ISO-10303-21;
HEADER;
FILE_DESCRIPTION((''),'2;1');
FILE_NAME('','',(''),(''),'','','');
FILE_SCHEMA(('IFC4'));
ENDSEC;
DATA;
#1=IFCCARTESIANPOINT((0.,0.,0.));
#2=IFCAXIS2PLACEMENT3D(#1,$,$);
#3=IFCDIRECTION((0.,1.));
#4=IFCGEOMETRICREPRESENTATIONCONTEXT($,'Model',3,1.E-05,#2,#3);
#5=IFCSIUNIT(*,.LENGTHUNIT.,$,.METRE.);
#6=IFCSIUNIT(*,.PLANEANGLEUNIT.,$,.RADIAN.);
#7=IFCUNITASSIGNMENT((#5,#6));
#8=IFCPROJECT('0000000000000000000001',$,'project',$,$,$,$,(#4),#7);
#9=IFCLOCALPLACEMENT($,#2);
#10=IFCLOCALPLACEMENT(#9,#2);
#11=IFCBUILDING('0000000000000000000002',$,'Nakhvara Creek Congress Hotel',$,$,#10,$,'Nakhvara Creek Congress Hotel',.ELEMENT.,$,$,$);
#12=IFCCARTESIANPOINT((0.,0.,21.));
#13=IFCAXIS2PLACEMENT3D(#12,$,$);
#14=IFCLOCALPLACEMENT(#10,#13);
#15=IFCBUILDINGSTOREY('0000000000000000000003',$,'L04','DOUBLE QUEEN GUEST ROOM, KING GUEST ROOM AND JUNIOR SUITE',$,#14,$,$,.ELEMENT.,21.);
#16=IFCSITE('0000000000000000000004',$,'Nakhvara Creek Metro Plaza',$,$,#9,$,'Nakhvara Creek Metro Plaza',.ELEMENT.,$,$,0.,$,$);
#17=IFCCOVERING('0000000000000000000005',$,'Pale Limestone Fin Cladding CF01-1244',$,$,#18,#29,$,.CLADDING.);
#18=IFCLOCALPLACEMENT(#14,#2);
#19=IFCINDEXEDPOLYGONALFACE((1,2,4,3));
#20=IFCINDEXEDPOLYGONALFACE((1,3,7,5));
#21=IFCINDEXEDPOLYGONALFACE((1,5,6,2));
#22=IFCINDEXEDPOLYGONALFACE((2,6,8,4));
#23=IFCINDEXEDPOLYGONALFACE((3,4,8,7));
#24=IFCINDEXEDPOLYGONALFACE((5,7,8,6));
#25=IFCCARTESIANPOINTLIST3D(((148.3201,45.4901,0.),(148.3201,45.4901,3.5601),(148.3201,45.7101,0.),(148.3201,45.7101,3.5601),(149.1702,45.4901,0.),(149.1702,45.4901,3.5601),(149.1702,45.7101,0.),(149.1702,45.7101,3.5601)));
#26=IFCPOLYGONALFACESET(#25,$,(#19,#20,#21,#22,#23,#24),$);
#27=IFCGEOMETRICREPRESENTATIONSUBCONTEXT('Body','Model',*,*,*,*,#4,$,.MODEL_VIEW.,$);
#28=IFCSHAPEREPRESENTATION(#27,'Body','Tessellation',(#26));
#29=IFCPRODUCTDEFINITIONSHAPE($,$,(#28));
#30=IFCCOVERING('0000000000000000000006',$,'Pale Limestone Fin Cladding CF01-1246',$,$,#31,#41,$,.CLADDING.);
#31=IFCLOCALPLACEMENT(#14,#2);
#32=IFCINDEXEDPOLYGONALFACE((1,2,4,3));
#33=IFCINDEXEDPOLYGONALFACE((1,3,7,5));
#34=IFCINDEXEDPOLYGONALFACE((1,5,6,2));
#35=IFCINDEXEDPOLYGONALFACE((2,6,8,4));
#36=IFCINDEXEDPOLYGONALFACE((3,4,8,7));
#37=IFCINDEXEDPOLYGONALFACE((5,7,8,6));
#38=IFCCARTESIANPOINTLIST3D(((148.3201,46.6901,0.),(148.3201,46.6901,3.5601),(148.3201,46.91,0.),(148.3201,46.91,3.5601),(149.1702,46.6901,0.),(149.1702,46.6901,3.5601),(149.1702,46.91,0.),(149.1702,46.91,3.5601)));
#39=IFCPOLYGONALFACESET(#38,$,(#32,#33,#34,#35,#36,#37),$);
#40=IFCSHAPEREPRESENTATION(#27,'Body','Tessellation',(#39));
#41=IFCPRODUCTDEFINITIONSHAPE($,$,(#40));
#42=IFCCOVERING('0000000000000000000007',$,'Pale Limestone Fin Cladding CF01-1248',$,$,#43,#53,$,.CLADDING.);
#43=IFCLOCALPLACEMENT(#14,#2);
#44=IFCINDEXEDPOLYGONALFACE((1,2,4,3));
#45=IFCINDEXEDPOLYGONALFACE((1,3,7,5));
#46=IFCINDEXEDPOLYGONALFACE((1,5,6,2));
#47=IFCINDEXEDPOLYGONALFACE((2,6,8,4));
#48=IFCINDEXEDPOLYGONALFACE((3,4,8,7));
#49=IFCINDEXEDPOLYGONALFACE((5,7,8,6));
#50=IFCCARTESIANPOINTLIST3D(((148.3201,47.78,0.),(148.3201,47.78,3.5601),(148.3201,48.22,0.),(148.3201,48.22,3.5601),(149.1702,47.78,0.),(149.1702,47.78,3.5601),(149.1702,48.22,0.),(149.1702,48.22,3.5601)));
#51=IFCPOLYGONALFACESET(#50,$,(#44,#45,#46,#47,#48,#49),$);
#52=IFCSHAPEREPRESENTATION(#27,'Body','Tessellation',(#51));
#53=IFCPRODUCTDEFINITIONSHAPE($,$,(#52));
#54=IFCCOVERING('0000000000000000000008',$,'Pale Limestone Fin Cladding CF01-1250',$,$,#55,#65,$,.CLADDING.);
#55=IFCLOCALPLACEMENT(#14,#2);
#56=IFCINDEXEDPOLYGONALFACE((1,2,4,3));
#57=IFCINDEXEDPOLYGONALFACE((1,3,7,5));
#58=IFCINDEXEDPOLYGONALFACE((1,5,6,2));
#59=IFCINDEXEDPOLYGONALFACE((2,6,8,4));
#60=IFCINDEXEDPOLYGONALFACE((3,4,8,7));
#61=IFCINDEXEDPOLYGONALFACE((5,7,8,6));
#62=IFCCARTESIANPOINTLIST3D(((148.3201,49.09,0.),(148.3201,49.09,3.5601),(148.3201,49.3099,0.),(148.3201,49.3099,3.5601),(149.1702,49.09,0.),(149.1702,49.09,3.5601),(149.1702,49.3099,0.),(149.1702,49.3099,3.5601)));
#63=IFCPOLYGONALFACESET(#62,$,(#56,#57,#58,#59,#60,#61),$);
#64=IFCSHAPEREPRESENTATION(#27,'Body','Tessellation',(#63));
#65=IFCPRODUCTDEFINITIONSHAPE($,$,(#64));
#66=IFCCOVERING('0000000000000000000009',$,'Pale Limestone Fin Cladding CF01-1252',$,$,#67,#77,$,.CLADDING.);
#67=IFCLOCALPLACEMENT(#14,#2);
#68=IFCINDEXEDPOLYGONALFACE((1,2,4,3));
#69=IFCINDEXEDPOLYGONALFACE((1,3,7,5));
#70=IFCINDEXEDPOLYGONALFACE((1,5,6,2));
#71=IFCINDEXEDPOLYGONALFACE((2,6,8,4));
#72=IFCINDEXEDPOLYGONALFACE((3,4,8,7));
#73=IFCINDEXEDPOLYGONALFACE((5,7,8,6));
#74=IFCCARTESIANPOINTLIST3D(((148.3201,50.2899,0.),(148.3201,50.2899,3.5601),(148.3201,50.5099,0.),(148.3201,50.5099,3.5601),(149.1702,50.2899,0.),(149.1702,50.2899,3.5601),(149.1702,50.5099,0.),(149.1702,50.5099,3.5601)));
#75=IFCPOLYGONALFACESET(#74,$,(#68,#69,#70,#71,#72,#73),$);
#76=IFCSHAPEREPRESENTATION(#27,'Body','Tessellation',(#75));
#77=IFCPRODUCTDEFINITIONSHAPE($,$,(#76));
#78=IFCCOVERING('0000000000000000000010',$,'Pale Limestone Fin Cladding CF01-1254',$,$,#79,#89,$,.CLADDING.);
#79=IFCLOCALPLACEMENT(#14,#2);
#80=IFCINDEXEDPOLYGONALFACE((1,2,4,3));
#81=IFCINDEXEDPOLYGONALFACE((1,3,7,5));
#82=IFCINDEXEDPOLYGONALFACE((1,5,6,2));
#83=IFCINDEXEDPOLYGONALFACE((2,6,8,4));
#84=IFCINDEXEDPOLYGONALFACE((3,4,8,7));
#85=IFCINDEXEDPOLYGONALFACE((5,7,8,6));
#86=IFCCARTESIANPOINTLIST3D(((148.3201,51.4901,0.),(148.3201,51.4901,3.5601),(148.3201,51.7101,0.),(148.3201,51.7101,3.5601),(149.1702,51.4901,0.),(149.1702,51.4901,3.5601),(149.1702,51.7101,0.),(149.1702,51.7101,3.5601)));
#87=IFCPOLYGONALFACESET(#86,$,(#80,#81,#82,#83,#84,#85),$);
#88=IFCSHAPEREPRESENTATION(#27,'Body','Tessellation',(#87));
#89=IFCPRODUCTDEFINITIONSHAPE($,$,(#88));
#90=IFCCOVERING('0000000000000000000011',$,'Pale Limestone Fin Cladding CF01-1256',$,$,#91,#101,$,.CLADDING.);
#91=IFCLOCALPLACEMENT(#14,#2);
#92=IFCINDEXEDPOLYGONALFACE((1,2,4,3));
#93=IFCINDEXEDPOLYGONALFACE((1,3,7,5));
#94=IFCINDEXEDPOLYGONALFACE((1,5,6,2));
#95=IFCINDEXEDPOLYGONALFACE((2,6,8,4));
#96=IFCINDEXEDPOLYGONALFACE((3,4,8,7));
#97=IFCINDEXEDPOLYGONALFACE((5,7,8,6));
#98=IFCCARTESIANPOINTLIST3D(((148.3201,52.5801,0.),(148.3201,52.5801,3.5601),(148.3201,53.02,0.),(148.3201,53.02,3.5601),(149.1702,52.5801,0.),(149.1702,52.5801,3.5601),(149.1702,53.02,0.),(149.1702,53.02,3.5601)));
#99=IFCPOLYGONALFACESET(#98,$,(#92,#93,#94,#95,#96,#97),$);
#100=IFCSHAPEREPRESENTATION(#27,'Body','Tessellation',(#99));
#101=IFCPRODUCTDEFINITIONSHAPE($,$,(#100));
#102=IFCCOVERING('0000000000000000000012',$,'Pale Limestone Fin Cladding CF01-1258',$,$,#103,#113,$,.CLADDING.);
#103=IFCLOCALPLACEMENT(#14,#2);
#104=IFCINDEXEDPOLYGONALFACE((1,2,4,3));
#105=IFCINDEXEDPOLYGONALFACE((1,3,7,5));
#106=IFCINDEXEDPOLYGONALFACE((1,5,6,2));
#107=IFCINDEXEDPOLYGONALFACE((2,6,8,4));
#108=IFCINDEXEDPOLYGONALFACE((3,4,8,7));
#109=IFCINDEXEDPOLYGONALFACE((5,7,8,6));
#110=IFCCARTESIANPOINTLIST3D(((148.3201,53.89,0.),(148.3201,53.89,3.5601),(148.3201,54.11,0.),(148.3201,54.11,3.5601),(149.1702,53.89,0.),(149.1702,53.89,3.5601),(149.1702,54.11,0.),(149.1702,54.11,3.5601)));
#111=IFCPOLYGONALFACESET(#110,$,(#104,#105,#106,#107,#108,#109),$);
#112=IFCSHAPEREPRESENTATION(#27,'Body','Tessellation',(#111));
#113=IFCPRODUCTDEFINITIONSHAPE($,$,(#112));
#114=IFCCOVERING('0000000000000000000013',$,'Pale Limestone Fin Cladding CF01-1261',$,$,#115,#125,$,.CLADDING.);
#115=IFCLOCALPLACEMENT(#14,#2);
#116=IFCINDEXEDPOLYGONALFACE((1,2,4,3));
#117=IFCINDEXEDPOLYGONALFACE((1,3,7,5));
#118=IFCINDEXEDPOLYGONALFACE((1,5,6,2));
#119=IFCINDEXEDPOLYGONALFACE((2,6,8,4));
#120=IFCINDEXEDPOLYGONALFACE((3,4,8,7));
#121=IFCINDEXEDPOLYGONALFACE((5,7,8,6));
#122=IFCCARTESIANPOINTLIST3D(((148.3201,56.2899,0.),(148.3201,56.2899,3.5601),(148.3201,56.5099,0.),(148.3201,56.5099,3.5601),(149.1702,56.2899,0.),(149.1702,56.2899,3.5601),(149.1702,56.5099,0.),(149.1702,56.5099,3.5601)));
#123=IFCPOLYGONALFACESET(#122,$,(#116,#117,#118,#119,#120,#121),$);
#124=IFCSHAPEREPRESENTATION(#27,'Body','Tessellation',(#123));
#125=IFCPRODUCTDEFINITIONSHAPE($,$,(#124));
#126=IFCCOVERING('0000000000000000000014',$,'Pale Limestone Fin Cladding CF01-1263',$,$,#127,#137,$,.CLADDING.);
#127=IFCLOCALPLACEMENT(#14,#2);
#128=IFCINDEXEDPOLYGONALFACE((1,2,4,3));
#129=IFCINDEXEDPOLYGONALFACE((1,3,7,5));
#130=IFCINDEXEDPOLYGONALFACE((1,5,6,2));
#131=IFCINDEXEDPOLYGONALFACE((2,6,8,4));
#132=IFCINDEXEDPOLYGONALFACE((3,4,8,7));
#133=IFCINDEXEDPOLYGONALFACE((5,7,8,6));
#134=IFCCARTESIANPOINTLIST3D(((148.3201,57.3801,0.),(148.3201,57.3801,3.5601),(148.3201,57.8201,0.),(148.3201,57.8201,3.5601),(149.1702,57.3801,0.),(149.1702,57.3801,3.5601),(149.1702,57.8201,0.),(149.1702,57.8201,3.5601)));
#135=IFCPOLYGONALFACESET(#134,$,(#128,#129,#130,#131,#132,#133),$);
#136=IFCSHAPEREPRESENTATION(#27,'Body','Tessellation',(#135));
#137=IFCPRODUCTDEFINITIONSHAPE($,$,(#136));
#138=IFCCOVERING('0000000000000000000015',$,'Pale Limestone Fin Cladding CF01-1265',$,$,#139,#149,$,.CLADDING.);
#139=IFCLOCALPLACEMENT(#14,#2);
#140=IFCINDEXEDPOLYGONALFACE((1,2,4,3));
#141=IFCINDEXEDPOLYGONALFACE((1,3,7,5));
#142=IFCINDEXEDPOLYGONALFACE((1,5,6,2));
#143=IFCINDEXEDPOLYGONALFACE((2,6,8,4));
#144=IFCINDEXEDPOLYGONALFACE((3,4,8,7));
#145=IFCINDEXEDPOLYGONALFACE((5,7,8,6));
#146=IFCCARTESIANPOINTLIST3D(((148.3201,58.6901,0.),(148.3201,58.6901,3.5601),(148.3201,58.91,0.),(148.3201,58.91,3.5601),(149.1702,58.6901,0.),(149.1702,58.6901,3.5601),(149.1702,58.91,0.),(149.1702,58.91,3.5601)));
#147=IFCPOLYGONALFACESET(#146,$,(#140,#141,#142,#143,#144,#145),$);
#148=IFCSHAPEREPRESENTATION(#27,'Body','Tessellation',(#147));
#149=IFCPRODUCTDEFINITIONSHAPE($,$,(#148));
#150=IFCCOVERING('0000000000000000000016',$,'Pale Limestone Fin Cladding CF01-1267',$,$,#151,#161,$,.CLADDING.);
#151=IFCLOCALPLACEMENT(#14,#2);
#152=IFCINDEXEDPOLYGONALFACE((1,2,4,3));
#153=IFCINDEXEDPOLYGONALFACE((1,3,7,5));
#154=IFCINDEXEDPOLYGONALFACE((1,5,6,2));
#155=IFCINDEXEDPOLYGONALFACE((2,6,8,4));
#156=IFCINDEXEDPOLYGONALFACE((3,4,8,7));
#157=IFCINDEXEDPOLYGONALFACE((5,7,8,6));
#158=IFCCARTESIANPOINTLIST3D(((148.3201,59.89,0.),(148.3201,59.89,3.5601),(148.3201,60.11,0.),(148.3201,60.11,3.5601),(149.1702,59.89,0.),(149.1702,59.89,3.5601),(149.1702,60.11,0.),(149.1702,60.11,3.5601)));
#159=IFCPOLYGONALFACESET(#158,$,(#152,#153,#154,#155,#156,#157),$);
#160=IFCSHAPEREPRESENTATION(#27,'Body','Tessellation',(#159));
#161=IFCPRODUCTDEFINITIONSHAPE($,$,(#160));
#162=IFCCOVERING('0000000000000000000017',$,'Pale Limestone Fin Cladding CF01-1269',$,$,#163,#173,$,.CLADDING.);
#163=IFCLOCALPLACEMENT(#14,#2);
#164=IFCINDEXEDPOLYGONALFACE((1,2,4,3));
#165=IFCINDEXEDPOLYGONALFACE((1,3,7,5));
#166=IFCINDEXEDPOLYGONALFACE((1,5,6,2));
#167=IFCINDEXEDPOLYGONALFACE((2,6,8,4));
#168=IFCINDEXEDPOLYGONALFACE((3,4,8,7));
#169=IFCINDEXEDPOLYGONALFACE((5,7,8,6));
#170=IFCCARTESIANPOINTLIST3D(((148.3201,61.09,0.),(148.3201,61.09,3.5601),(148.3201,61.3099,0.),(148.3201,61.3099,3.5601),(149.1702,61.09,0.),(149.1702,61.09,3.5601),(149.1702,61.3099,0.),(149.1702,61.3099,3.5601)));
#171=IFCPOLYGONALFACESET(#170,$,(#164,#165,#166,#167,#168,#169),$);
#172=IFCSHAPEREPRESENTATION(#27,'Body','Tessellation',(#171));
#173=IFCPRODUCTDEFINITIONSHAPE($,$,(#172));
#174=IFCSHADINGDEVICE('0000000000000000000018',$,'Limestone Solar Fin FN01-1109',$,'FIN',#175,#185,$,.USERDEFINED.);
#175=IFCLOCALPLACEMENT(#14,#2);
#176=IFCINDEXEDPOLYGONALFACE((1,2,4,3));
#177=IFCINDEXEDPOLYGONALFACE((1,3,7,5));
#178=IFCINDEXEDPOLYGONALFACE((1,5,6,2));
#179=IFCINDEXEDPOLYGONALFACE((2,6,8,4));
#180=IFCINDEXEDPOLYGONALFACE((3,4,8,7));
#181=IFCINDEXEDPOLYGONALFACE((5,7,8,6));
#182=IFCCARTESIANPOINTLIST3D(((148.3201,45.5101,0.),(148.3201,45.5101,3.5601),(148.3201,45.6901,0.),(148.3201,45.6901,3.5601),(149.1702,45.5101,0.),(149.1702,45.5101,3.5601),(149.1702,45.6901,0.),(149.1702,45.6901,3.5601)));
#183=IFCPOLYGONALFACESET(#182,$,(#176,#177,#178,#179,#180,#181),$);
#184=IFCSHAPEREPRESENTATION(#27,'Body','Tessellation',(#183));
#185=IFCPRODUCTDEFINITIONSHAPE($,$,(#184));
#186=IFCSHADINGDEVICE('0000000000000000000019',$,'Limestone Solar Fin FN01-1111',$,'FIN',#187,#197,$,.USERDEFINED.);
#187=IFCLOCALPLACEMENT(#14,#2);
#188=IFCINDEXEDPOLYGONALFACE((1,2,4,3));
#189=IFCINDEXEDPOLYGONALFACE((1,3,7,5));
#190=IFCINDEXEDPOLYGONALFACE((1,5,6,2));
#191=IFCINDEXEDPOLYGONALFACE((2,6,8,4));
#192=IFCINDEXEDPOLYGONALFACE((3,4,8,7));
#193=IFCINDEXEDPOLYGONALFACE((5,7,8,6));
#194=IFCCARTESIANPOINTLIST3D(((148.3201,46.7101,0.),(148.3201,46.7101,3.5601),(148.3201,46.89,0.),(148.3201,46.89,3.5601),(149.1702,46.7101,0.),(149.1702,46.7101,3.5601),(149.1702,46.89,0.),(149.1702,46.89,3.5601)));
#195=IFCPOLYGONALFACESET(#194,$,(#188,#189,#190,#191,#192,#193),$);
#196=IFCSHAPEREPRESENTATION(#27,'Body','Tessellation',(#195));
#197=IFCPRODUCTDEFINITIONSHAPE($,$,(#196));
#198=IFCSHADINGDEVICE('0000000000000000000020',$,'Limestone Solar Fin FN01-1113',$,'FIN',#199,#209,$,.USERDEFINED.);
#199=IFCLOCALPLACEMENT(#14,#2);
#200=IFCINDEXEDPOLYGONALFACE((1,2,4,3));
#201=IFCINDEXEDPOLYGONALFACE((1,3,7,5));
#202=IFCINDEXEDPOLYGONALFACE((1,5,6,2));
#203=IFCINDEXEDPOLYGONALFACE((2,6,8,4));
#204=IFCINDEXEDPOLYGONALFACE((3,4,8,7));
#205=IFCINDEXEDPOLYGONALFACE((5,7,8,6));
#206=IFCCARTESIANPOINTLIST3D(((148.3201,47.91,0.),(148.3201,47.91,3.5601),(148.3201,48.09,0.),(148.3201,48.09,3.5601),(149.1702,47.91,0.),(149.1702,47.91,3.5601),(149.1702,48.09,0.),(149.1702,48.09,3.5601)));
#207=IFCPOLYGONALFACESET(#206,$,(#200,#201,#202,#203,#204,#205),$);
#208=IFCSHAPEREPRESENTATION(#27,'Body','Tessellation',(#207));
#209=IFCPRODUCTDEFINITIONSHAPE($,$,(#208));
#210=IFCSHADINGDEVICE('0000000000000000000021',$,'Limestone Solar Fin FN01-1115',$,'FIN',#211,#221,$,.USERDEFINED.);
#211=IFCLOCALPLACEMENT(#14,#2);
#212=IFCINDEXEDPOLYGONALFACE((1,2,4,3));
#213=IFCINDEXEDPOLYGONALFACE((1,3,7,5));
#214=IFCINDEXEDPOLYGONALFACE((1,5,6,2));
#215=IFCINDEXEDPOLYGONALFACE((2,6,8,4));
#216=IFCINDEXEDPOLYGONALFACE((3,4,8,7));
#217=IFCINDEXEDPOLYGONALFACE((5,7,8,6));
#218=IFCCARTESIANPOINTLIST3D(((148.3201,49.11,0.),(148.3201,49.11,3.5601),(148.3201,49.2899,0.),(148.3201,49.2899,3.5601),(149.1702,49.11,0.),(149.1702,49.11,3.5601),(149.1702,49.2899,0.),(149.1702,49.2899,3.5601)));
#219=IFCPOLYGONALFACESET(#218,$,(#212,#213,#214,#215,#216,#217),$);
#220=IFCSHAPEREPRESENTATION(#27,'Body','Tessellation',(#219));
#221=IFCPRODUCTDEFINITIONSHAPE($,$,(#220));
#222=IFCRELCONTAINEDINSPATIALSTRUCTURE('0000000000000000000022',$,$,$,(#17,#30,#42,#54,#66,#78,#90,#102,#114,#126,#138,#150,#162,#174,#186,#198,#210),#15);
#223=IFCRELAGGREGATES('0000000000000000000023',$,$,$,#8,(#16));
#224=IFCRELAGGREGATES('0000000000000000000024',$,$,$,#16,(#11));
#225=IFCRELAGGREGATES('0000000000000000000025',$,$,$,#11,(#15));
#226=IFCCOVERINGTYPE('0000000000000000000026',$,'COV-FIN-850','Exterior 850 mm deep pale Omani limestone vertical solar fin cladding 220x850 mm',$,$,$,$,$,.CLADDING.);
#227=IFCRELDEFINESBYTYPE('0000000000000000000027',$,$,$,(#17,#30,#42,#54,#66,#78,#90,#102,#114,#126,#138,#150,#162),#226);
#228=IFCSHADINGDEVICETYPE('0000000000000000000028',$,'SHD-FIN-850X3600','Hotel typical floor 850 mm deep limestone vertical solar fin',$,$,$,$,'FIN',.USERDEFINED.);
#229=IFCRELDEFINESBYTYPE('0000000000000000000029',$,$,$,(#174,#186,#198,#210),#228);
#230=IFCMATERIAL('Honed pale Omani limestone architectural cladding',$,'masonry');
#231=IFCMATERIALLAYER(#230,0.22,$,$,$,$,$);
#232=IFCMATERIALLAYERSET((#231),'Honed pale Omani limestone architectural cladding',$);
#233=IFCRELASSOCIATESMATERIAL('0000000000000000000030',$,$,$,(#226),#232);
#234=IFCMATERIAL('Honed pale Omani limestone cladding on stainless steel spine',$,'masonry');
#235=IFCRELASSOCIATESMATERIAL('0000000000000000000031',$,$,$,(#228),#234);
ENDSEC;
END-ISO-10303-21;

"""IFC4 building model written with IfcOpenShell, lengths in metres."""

from ifc_helpers import new_model, si_unit, direction, frame, origin, origin_2d, place, context, subcontext, project, spatial, rectangle, extrude, material, layer, layer_set, type_object, element, save


model = new_model("IFC4")

# Units and contexts
model_context = context("Model", 3, precision=1e-05, world=origin(), true_north=direction((0.0, 1.0)))
body_context = subcontext(model_context, "Body", "Model", "MODEL_VIEW")
ifc_project = project(units=[si_unit("LENGTHUNIT", "METRE"), si_unit("PLANEANGLEUNIT", "RADIAN")], contexts=[model_context])

# Site, building, storey
site_placement = place(None, origin())
site = spatial("IfcSite", under=ifc_project, at=site_placement, Name="Nakhvara Creek Metro Plaza", LongName="Nakhvara Creek Metro Plaza", CompositionType="ELEMENT", RefElevation=0.0)
building_placement = place(site_placement, origin())
building = spatial("IfcBuilding", under=site, at=building_placement, Name="Nakhvara Creek Congress Hotel", LongName="Nakhvara Creek Congress Hotel", CompositionType="ELEMENT")
storey_placement = place(building_placement, frame((0.0, 0.0, 21.0)))
storey = spatial("IfcBuildingStorey", under=building, at=storey_placement, Name="L04", Description="DOUBLE QUEEN GUEST ROOM, KING GUEST ROOM AND JUNIOR SUITE", CompositionType="ELEMENT", Elevation=21.0)

# Coverings
ifc_material_1 = material(Name="Honed pale Omani limestone architectural cladding", Category="masonry")
ifc_layer = layer(ifc_material_1, 0.22)
ifc_layer_set = layer_set([ifc_layer], Name="Honed pale Omani limestone architectural cladding")
covering_type = type_object("IfcCoveringType", Name="COV-FIN-850", Description="Exterior 850 mm deep pale Omani limestone vertical solar fin cladding 220x850 mm", PredefinedType="CLADDING", material=ifc_layer_set)
for number, where, z_axis, x_axis, name in (
    (1, (148.7451, 45.6001, 0.0), (0.0, 0.0, 1.0), (0.0, 1.0, 0.0), "Pale Limestone Fin Cladding CF01-1244"),
    (2, (148.7451, 46.8, 0.0), (0.0, 0.0, 1.0), (0.0, 1.0, 0.0), "Pale Limestone Fin Cladding CF01-1246"),
):
    element("IfcCovering", number, at=place(storey_placement, frame(where, z_axis=z_axis, x_axis=x_axis)), inside=storey, type_object=covering_type, Name=name, PredefinedType="CLADDING", context=body_context, shape_type="SweptSolid", body=[
        extrude(rectangle(XDim=0.22, YDim=0.8501, at=origin_2d()), origin(), (0.0, 0.0, 1.0), 3.5601),
    ])
covering_1_placement = place(storey_placement, frame((148.7451, 48.0, 0.0), z_axis=(0.0, 0.0, 1.0), x_axis=(0.0, 1.0, 0.0)))
element("IfcCovering", 3, at=covering_1_placement, inside=storey, type_object=covering_type, Name="Pale Limestone Fin Cladding CF01-1248", PredefinedType="CLADDING", context=body_context, shape_type="SweptSolid", body=[
    extrude(rectangle(XDim=0.4399, YDim=0.8501, at=origin_2d()), origin(), (0.0, 0.0, 1.0), 3.5601),
])
for number, where, z_axis, x_axis, name in (
    (4, (148.7451, 49.2, 0.0), (0.0, 0.0, 1.0), (0.0, 1.0, 0.0), "Pale Limestone Fin Cladding CF01-1250"),
    (5, (148.7451, 50.3999, 0.0), (0.0, 0.0, 1.0), (0.0, 1.0, 0.0), "Pale Limestone Fin Cladding CF01-1252"),
    (6, (148.7451, 51.6001, 0.0), (0.0, 0.0, 1.0), (0.0, 1.0, 0.0), "Pale Limestone Fin Cladding CF01-1254"),
):
    element("IfcCovering", number, at=place(storey_placement, frame(where, z_axis=z_axis, x_axis=x_axis)), inside=storey, type_object=covering_type, Name=name, PredefinedType="CLADDING", context=body_context, shape_type="SweptSolid", body=[
        extrude(rectangle(XDim=0.22, YDim=0.8501, at=origin_2d()), origin(), (0.0, 0.0, 1.0), 3.5601),
    ])
covering_2_placement = place(storey_placement, frame((148.7451, 52.8, 0.0), z_axis=(0.0, 0.0, 1.0), x_axis=(0.0, 1.0, 0.0)))
element("IfcCovering", 7, at=covering_2_placement, inside=storey, type_object=covering_type, Name="Pale Limestone Fin Cladding CF01-1256", PredefinedType="CLADDING", context=body_context, shape_type="SweptSolid", body=[
    extrude(rectangle(XDim=0.4399, YDim=0.8501, at=origin_2d()), origin(), (0.0, 0.0, 1.0), 3.5601),
])
for number, where, z_axis, x_axis, name in (
    (8, (148.7451, 54.0, 0.0), (0.0, 0.0, 1.0), (0.0, 1.0, 0.0), "Pale Limestone Fin Cladding CF01-1258"),
    (9, (148.7451, 56.3999, 0.0), (0.0, 0.0, 1.0), (0.0, 1.0, 0.0), "Pale Limestone Fin Cladding CF01-1261"),
):
    element("IfcCovering", number, at=place(storey_placement, frame(where, z_axis=z_axis, x_axis=x_axis)), inside=storey, type_object=covering_type, Name=name, PredefinedType="CLADDING", context=body_context, shape_type="SweptSolid", body=[
        extrude(rectangle(XDim=0.22, YDim=0.8501, at=origin_2d()), origin(), (0.0, 0.0, 1.0), 3.5601),
    ])
covering_3_placement = place(storey_placement, frame((148.7451, 57.6001, 0.0), z_axis=(0.0, 0.0, 1.0), x_axis=(0.0, 1.0, 0.0)))
element("IfcCovering", 10, at=covering_3_placement, inside=storey, type_object=covering_type, Name="Pale Limestone Fin Cladding CF01-1263", PredefinedType="CLADDING", context=body_context, shape_type="SweptSolid", body=[
    extrude(rectangle(XDim=0.4399, YDim=0.8501, at=origin_2d()), origin(), (0.0, 0.0, 1.0), 3.5601),
])
for number, where, z_axis, x_axis, name in (
    (11, (148.7451, 58.8, 0.0), (0.0, 0.0, 1.0), (0.0, 1.0, 0.0), "Pale Limestone Fin Cladding CF01-1265"),
    (12, (148.7451, 60.0, 0.0), (0.0, 0.0, 1.0), (0.0, 1.0, 0.0), "Pale Limestone Fin Cladding CF01-1267"),
    (13, (148.7451, 61.2, 0.0), (0.0, 0.0, 1.0), (0.0, 1.0, 0.0), "Pale Limestone Fin Cladding CF01-1269"),
):
    element("IfcCovering", number, at=place(storey_placement, frame(where, z_axis=z_axis, x_axis=x_axis)), inside=storey, type_object=covering_type, Name=name, PredefinedType="CLADDING", context=body_context, shape_type="SweptSolid", body=[
        extrude(rectangle(XDim=0.22, YDim=0.8501, at=origin_2d()), origin(), (0.0, 0.0, 1.0), 3.5601),
    ])

# Shading devices
ifc_material_2 = material(Name="Honed pale Omani limestone cladding on stainless steel spine", Category="masonry")
shading_device_type = type_object("IfcShadingDeviceType", Name="SHD-FIN-850X3600", Description="Hotel typical floor 850 mm deep limestone vertical solar fin", ElementType="FIN", PredefinedType="USERDEFINED", material=ifc_material_2)
for number, where, z_axis, x_axis, name in (
    (14, (148.7451, 45.6001, 0.0), (0.0, 0.0, 1.0), (0.0, 1.0, 0.0), "Limestone Solar Fin FN01-1109"),
    (15, (148.7451, 46.8, 0.0), (0.0, 0.0, 1.0), (0.0, 1.0, 0.0), "Limestone Solar Fin FN01-1111"),
    (16, (148.7451, 48.0, 0.0), (0.0, 0.0, 1.0), (0.0, 1.0, 0.0), "Limestone Solar Fin FN01-1113"),
    (17, (148.7451, 49.2, 0.0), (0.0, 0.0, 1.0), (0.0, 1.0, 0.0), "Limestone Solar Fin FN01-1115"),
):
    element("IfcShadingDevice", number, at=place(storey_placement, frame(where, z_axis=z_axis, x_axis=x_axis)), inside=storey, type_object=shading_device_type, Name=name, ObjectType="FIN", PredefinedType="USERDEFINED", context=body_context, shape_type="SweptSolid", body=[
        extrude(rectangle(XDim=0.1799, YDim=0.8501, at=origin_2d()), origin(), (0.0, 0.0, 1.0), 3.5601),
    ])

save(model, "model.ifc")
